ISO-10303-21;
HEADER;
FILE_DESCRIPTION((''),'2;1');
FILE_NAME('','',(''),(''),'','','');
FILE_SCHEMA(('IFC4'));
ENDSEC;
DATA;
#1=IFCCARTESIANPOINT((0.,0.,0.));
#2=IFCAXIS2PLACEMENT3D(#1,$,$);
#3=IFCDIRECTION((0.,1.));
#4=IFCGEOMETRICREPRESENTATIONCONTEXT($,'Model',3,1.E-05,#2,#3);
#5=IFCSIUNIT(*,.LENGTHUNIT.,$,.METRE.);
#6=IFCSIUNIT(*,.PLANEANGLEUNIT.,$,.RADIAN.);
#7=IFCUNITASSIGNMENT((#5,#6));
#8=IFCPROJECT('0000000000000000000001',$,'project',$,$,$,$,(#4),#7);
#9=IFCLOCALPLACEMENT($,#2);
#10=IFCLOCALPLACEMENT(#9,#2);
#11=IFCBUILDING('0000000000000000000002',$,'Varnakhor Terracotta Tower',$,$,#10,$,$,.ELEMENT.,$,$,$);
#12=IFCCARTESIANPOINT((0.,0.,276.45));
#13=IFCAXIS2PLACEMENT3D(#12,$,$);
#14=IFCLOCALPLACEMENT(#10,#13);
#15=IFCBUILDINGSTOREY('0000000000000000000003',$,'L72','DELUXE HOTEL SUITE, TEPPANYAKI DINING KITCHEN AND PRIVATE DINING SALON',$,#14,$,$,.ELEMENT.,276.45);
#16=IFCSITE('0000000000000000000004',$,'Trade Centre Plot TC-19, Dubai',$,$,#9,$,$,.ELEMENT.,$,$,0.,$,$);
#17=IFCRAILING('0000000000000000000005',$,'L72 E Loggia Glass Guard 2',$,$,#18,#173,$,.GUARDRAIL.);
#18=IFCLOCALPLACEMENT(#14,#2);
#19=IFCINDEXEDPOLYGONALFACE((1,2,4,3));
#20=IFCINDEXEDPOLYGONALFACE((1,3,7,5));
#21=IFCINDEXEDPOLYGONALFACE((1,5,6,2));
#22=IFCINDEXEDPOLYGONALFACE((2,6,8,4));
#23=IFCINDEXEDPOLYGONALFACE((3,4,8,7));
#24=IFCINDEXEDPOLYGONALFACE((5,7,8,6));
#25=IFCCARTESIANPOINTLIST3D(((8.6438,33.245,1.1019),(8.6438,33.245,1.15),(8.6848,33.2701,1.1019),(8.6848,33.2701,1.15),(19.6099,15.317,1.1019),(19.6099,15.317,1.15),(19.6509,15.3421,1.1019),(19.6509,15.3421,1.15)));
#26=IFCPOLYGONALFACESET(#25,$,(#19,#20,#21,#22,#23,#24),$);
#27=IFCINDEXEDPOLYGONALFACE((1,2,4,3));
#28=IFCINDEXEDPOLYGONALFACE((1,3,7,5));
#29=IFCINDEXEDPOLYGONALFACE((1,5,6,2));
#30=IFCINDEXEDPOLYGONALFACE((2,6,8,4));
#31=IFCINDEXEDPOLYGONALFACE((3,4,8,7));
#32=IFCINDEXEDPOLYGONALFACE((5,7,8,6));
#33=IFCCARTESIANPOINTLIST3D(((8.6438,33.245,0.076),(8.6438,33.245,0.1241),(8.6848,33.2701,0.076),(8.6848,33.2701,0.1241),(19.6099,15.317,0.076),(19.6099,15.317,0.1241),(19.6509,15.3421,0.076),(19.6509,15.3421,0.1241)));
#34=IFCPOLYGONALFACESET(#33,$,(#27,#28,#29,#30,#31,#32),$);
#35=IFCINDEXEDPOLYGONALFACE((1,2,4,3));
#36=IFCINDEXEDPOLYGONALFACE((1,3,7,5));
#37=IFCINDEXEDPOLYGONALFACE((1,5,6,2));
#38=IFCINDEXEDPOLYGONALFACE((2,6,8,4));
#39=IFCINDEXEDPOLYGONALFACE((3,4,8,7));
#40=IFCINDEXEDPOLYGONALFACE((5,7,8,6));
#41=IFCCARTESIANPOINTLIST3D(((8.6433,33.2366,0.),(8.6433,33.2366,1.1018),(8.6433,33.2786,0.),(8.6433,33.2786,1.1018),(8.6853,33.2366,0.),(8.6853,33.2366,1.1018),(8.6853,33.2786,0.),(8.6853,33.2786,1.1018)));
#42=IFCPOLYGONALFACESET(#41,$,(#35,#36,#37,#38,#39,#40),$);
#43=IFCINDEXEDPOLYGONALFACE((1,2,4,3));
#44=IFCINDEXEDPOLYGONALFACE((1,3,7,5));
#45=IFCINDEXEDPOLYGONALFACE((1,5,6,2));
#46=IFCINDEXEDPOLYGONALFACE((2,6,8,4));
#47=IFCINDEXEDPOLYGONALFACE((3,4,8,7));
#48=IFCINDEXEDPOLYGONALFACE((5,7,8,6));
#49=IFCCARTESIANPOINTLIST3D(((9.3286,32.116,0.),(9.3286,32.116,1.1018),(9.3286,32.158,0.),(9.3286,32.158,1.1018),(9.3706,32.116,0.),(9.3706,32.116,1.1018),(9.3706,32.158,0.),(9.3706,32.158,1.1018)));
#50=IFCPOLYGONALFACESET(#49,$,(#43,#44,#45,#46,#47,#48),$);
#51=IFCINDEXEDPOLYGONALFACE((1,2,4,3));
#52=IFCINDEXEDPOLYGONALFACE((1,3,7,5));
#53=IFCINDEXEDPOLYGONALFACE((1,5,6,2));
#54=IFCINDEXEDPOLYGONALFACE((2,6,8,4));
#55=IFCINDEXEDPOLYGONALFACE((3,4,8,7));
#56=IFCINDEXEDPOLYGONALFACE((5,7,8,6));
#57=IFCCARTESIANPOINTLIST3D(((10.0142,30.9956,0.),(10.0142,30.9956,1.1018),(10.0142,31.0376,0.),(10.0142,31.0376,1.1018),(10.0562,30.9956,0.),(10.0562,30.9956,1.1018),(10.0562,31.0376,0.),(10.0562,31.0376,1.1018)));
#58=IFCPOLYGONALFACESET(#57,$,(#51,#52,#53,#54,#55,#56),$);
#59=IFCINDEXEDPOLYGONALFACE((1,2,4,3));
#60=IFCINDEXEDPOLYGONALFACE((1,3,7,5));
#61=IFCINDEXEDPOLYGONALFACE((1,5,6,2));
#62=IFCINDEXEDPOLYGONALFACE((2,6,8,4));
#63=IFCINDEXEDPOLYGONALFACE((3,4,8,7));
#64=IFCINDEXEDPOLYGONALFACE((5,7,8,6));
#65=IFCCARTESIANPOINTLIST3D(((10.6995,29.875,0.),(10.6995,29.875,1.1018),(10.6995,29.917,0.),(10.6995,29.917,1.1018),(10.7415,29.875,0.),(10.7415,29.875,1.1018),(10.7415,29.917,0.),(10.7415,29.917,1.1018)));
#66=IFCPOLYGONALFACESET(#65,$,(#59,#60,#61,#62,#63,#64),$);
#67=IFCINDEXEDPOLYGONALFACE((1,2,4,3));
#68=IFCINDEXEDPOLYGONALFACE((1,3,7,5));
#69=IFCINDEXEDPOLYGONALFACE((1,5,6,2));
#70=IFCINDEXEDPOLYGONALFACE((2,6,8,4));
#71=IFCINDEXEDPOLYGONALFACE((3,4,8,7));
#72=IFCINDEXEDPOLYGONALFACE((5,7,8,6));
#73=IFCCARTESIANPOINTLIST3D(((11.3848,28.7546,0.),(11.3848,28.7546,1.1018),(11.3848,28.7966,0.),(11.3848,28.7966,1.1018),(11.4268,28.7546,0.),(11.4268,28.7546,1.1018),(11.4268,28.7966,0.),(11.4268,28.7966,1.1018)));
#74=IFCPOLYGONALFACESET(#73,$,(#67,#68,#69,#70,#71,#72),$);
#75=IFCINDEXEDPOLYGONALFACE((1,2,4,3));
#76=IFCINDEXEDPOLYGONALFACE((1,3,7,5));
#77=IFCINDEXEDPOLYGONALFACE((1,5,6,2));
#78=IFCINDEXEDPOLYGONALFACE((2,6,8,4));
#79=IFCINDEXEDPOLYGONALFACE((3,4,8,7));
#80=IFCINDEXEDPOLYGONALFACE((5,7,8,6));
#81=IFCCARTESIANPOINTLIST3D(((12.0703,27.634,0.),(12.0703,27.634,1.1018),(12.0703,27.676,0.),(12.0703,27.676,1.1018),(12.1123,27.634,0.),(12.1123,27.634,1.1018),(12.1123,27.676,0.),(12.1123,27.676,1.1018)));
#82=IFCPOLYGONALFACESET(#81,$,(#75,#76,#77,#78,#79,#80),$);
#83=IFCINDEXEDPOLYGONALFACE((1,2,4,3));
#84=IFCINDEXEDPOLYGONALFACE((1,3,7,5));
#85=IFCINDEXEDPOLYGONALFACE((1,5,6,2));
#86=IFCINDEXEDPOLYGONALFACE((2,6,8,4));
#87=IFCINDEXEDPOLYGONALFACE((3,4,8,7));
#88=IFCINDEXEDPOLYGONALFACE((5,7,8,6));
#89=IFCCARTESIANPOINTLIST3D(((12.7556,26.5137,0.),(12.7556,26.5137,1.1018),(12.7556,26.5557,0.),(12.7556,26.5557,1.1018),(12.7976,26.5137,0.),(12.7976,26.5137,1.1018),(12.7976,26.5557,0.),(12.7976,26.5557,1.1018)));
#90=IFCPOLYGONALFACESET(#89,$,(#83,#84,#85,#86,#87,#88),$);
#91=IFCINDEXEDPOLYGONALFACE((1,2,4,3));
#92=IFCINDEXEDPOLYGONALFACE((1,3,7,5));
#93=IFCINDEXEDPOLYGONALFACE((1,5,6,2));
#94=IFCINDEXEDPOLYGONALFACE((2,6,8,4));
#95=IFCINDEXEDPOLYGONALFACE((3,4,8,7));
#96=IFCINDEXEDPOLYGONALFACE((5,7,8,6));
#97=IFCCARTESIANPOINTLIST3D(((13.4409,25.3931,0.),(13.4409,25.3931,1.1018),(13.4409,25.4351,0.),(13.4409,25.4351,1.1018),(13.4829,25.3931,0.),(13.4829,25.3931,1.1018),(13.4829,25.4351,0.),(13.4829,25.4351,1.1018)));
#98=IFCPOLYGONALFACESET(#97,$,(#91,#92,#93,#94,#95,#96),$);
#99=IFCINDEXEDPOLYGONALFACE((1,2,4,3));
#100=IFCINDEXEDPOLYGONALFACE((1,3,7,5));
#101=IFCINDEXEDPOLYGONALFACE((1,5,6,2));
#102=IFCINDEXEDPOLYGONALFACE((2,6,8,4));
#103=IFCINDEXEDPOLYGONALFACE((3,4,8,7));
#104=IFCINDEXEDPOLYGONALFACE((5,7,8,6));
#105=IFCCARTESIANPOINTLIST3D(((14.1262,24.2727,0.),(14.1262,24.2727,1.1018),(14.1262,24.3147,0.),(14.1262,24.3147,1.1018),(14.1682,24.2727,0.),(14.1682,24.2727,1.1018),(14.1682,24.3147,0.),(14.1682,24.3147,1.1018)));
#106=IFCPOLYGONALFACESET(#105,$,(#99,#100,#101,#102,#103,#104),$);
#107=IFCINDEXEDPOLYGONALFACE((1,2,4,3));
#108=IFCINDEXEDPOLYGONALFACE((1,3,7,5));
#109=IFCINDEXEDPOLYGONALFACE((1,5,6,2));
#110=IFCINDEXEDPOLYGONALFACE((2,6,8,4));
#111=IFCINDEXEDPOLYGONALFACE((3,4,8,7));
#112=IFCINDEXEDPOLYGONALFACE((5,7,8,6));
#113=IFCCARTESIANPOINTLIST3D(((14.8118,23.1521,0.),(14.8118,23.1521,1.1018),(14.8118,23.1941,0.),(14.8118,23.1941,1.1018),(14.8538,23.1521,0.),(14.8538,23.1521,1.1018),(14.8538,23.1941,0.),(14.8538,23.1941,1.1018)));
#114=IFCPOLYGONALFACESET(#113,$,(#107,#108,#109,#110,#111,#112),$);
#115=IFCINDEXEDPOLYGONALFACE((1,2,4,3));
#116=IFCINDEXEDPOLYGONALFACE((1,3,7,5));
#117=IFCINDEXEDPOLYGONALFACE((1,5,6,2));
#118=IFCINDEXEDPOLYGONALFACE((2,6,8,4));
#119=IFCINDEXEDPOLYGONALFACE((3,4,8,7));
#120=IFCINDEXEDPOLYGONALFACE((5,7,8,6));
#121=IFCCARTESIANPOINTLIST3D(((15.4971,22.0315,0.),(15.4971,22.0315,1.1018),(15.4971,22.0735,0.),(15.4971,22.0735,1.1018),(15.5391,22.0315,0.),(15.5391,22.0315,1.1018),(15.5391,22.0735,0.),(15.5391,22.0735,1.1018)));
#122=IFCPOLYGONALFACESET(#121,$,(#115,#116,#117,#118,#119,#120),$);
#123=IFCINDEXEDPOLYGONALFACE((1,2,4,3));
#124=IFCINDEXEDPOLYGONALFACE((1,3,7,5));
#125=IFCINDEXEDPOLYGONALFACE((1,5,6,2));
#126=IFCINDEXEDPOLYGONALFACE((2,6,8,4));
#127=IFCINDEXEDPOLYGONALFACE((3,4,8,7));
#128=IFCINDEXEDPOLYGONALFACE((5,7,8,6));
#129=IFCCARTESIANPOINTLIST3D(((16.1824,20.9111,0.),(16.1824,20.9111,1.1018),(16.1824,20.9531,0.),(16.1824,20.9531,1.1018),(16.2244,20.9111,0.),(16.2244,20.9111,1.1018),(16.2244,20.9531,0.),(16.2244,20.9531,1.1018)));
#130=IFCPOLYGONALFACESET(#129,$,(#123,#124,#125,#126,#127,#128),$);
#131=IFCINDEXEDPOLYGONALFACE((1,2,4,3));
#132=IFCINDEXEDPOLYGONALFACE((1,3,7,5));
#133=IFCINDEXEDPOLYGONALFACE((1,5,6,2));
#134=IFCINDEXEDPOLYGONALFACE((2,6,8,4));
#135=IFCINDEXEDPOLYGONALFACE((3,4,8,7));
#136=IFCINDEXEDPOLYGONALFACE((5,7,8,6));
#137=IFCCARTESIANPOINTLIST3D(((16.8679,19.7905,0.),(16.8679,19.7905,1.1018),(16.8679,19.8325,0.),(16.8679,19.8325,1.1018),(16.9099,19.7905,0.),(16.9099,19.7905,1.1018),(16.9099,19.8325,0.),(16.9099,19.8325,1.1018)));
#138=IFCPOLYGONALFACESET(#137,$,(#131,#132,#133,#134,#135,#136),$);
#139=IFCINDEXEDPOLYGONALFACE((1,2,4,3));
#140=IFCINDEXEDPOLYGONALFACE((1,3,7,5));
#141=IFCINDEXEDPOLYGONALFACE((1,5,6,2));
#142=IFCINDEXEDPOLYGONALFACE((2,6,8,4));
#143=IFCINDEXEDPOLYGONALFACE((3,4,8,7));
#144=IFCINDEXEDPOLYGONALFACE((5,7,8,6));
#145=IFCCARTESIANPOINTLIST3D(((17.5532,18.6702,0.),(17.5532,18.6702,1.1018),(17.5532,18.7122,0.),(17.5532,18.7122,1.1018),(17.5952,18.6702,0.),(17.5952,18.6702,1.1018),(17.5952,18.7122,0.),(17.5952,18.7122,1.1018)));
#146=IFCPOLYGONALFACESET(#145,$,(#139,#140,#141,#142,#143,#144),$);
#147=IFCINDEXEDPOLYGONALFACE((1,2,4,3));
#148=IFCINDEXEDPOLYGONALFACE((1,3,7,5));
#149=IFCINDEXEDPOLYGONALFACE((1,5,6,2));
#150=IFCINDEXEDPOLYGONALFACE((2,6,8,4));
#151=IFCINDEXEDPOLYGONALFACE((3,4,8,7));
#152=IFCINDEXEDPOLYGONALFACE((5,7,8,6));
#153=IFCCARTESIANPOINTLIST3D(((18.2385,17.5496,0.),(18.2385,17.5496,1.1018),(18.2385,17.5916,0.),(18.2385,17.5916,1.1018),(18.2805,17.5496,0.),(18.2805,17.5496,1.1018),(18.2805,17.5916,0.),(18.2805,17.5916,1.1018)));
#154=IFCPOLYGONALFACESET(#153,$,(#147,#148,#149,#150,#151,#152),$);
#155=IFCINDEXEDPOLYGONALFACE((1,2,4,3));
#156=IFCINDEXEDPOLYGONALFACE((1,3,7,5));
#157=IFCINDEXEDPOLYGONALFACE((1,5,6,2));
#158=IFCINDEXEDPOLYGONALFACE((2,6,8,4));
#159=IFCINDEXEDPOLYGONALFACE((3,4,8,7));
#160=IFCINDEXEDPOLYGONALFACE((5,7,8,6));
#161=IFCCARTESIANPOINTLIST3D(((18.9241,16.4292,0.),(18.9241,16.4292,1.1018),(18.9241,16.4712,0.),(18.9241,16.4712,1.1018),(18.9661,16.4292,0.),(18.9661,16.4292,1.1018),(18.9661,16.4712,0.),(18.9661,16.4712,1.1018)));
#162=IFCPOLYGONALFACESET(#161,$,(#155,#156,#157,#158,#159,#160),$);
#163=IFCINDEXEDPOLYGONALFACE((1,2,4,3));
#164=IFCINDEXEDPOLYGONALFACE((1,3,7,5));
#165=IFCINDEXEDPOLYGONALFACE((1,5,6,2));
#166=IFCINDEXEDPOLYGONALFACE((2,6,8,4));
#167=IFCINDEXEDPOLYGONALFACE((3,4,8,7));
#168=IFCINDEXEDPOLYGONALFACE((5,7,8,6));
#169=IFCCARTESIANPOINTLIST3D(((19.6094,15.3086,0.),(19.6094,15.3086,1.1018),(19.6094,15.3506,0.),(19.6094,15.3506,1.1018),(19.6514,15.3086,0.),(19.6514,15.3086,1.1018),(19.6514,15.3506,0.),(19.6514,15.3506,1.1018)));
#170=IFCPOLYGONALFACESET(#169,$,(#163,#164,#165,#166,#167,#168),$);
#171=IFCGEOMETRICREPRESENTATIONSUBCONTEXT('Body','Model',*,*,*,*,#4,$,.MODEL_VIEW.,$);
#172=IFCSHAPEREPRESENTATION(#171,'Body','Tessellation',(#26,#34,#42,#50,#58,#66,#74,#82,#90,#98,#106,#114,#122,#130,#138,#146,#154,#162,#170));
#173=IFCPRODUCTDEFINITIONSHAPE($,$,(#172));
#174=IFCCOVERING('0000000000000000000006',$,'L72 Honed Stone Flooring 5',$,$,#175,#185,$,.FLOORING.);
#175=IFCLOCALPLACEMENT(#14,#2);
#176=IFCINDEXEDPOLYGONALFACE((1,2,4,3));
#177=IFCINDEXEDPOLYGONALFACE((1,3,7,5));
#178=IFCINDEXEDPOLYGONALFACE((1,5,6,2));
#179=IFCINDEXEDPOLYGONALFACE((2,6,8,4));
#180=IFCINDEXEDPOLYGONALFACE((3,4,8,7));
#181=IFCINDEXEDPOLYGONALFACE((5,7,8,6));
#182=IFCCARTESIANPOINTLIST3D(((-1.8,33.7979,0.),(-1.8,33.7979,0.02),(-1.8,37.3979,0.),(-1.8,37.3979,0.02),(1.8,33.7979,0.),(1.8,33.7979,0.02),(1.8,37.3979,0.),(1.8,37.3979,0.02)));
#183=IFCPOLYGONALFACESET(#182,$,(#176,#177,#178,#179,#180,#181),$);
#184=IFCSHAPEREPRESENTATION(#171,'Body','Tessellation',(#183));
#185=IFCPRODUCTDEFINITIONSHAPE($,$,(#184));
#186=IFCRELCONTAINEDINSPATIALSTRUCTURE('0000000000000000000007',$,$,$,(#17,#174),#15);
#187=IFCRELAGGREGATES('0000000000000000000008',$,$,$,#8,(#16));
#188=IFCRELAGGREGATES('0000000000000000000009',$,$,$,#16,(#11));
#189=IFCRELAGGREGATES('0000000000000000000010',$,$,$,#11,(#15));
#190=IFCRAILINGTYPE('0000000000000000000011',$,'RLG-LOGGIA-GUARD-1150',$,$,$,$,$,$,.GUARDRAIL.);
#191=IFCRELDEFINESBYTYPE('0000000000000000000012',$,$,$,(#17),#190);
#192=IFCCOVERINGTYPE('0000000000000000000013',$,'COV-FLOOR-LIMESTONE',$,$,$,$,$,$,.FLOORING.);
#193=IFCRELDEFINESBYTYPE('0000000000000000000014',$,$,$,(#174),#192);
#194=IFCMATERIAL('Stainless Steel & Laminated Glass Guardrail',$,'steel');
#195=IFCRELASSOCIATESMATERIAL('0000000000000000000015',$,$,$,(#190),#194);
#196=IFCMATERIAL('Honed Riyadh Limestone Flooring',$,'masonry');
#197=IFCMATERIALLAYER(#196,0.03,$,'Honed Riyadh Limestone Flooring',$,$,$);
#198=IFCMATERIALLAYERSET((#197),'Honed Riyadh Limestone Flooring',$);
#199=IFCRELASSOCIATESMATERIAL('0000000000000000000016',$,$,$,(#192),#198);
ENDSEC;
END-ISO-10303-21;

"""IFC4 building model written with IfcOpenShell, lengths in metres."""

from ifc_helpers import new_model, si_unit, direction, frame, origin, origin_2d, place, context, subcontext, project, spatial, rectangle, extrude, source, transform, mapped, material, layer, layer_set, type_object, element, save


model = new_model("IFC4")

# Units and contexts
model_context = context("Model", 3, precision=1e-05, world=origin(), true_north=direction((0.0, 1.0)))
body_context = subcontext(model_context, "Body", "Model", "MODEL_VIEW")
ifc_project = project(units=[si_unit("LENGTHUNIT", "METRE"), si_unit("PLANEANGLEUNIT", "RADIAN")], contexts=[model_context])

# Site, building, storey
site_placement = place(None, origin())
site = spatial("IfcSite", under=ifc_project, at=site_placement, Name="Trade Centre Plot TC-19, Dubai", CompositionType="ELEMENT", RefElevation=0.0)
building_placement = place(site_placement, origin())
building = spatial("IfcBuilding", under=site, at=building_placement, Name="Varnakhor Terracotta Tower", CompositionType="ELEMENT")
storey_placement = place(building_placement, frame((0.0, 0.0, 276.45)))
storey = spatial("IfcBuildingStorey", under=building, at=storey_placement, Name="L72", Description="DELUXE HOTEL SUITE, TEPPANYAKI DINING KITCHEN AND PRIVATE DINING SALON", CompositionType="ELEMENT", Elevation=276.45)

# Railing
ifc_material_1 = material(Name="Stainless Steel & Laminated Glass Guardrail", Category="steel")
railing_type = type_object("IfcRailingType", Name="RLG-LOGGIA-GUARD-1150", PredefinedType="GUARDRAIL", material=ifc_material_1)
railing_1_placement = place(storey_placement, frame((8.6643, 33.2576, 0.0)))
element("IfcRailing", 1, at=railing_1_placement, inside=storey, type_object=railing_type, Name="L72 E Loggia Glass Guard 2", PredefinedType="GUARDRAIL", context=body_context, shape_type="SweptSolid", body=[
    extrude(rectangle(XDim=0.0481, YDim=0.0481, at=origin_2d()), frame((0.0, 0.0, 1.126), z_axis=(0.521799, -0.853068, 0.0), x_axis=(0.853068, 0.521799, 0.0)), (0.0, 0.0, 1.0), 21.0159),
    extrude(rectangle(XDim=0.0481, YDim=0.0481, at=origin_2d()), frame((0.0, 0.0, 0.1001), z_axis=(0.521799, -0.853068, 0.0), x_axis=(0.853068, 0.521799, 0.0)), (0.0, 0.0, 1.0), 21.0159),
    extrude(rectangle(XDim=0.042, YDim=0.042, at=origin_2d()), origin(), (0.0, 0.0, 1.0), 1.1018),
    extrude(rectangle(XDim=0.042, YDim=0.042, at=origin_2d()), frame((0.6853, -1.1206, 0.0)), (0.0, 0.0, 1.0), 1.1018),
    extrude(rectangle(XDim=0.042, YDim=0.042, at=origin_2d()), frame((1.3708, -2.241, 0.0)), (0.0, 0.0, 1.0), 1.1018),
    extrude(rectangle(XDim=0.042, YDim=0.042, at=origin_2d()), frame((2.0562, -3.3616, 0.0)), (0.0, 0.0, 1.0), 1.1018),
    extrude(rectangle(XDim=0.042, YDim=0.042, at=origin_2d()), frame((2.7415, -4.4819, 0.0)), (0.0, 0.0, 1.0), 1.1018),
    extrude(rectangle(XDim=0.042, YDim=0.042, at=origin_2d()), frame((3.427, -5.6025, 0.0)), (0.0, 0.0, 1.0), 1.1018),
    extrude(rectangle(XDim=0.042, YDim=0.042, at=origin_2d()), frame((4.1123, -6.7229, 0.0)), (0.0, 0.0, 1.0), 1.1018),
    extrude(rectangle(XDim=0.042, YDim=0.042, at=origin_2d()), frame((4.7976, -7.8435, 0.0)), (0.0, 0.0, 1.0), 1.1018),
    extrude(rectangle(XDim=0.042, YDim=0.042, at=origin_2d()), frame((5.4829, -8.9639, 0.0)), (0.0, 0.0, 1.0), 1.1018),
    extrude(rectangle(XDim=0.042, YDim=0.042, at=origin_2d()), frame((6.1685, -10.0845, 0.0)), (0.0, 0.0, 1.0), 1.1018),
    extrude(rectangle(XDim=0.042, YDim=0.042, at=origin_2d()), frame((6.8538, -11.2051, 0.0)), (0.0, 0.0, 1.0), 1.1018),
    extrude(rectangle(XDim=0.042, YDim=0.042, at=origin_2d()), frame((7.5391, -12.3254, 0.0)), (0.0, 0.0, 1.0), 1.1018),
    extrude(rectangle(XDim=0.042, YDim=0.042, at=origin_2d()), frame((8.2246, -13.446, 0.0)), (0.0, 0.0, 1.0), 1.1018),
    extrude(rectangle(XDim=0.042, YDim=0.042, at=origin_2d()), frame((8.9099, -14.5664, 0.0)), (0.0, 0.0, 1.0), 1.1018),
    extrude(rectangle(XDim=0.042, YDim=0.042, at=origin_2d()), frame((9.5952, -15.687, 0.0)), (0.0, 0.0, 1.0), 1.1018),
    extrude(rectangle(XDim=0.042, YDim=0.042, at=origin_2d()), frame((10.2808, -16.8074, 0.0)), (0.0, 0.0, 1.0), 1.1018),
    extrude(rectangle(XDim=0.042, YDim=0.042, at=origin_2d()), frame((10.9661, -17.928, 0.0)), (0.0, 0.0, 1.0), 1.1018),
])

# Covering
ifc_material_2 = material(Name="Honed Riyadh Limestone Flooring", Category="masonry")
ifc_layer_1 = layer(ifc_material_2, 0.03, Name="Honed Riyadh Limestone Flooring")
ifc_layer_set_1 = layer_set([ifc_layer_1], Name="Honed Riyadh Limestone Flooring")
covering_type = type_object("IfcCoveringType", Name="COV-FLOOR-LIMESTONE", PredefinedType="FLOORING", material=ifc_layer_set_1)
shared_shape_1 = source(origin(), body_context, "Body", "SweptSolid", [
    extrude(rectangle(XDim=3.6001, YDim=3.6001, at=origin_2d()), origin(), (0.0, 0.0, 1.0), 0.02),
])
covering_placement = place(storey_placement, frame((0.0, 35.5979, 0.0), z_axis=(0.0, 0.0, 1.0), x_axis=(1.0, 0.0, 0.0)))
element("IfcCovering", 2, at=covering_placement, inside=storey, type_object=covering_type, Name="L72 Honed Stone Flooring 5", PredefinedType="FLOORING", context=body_context, shape_type="MappedRepresentation", body=[
    mapped(shared_shape_1, transform((0.0, 0.0, 0.0), scale=1.0)),
])

save(model, "model.ifc")
